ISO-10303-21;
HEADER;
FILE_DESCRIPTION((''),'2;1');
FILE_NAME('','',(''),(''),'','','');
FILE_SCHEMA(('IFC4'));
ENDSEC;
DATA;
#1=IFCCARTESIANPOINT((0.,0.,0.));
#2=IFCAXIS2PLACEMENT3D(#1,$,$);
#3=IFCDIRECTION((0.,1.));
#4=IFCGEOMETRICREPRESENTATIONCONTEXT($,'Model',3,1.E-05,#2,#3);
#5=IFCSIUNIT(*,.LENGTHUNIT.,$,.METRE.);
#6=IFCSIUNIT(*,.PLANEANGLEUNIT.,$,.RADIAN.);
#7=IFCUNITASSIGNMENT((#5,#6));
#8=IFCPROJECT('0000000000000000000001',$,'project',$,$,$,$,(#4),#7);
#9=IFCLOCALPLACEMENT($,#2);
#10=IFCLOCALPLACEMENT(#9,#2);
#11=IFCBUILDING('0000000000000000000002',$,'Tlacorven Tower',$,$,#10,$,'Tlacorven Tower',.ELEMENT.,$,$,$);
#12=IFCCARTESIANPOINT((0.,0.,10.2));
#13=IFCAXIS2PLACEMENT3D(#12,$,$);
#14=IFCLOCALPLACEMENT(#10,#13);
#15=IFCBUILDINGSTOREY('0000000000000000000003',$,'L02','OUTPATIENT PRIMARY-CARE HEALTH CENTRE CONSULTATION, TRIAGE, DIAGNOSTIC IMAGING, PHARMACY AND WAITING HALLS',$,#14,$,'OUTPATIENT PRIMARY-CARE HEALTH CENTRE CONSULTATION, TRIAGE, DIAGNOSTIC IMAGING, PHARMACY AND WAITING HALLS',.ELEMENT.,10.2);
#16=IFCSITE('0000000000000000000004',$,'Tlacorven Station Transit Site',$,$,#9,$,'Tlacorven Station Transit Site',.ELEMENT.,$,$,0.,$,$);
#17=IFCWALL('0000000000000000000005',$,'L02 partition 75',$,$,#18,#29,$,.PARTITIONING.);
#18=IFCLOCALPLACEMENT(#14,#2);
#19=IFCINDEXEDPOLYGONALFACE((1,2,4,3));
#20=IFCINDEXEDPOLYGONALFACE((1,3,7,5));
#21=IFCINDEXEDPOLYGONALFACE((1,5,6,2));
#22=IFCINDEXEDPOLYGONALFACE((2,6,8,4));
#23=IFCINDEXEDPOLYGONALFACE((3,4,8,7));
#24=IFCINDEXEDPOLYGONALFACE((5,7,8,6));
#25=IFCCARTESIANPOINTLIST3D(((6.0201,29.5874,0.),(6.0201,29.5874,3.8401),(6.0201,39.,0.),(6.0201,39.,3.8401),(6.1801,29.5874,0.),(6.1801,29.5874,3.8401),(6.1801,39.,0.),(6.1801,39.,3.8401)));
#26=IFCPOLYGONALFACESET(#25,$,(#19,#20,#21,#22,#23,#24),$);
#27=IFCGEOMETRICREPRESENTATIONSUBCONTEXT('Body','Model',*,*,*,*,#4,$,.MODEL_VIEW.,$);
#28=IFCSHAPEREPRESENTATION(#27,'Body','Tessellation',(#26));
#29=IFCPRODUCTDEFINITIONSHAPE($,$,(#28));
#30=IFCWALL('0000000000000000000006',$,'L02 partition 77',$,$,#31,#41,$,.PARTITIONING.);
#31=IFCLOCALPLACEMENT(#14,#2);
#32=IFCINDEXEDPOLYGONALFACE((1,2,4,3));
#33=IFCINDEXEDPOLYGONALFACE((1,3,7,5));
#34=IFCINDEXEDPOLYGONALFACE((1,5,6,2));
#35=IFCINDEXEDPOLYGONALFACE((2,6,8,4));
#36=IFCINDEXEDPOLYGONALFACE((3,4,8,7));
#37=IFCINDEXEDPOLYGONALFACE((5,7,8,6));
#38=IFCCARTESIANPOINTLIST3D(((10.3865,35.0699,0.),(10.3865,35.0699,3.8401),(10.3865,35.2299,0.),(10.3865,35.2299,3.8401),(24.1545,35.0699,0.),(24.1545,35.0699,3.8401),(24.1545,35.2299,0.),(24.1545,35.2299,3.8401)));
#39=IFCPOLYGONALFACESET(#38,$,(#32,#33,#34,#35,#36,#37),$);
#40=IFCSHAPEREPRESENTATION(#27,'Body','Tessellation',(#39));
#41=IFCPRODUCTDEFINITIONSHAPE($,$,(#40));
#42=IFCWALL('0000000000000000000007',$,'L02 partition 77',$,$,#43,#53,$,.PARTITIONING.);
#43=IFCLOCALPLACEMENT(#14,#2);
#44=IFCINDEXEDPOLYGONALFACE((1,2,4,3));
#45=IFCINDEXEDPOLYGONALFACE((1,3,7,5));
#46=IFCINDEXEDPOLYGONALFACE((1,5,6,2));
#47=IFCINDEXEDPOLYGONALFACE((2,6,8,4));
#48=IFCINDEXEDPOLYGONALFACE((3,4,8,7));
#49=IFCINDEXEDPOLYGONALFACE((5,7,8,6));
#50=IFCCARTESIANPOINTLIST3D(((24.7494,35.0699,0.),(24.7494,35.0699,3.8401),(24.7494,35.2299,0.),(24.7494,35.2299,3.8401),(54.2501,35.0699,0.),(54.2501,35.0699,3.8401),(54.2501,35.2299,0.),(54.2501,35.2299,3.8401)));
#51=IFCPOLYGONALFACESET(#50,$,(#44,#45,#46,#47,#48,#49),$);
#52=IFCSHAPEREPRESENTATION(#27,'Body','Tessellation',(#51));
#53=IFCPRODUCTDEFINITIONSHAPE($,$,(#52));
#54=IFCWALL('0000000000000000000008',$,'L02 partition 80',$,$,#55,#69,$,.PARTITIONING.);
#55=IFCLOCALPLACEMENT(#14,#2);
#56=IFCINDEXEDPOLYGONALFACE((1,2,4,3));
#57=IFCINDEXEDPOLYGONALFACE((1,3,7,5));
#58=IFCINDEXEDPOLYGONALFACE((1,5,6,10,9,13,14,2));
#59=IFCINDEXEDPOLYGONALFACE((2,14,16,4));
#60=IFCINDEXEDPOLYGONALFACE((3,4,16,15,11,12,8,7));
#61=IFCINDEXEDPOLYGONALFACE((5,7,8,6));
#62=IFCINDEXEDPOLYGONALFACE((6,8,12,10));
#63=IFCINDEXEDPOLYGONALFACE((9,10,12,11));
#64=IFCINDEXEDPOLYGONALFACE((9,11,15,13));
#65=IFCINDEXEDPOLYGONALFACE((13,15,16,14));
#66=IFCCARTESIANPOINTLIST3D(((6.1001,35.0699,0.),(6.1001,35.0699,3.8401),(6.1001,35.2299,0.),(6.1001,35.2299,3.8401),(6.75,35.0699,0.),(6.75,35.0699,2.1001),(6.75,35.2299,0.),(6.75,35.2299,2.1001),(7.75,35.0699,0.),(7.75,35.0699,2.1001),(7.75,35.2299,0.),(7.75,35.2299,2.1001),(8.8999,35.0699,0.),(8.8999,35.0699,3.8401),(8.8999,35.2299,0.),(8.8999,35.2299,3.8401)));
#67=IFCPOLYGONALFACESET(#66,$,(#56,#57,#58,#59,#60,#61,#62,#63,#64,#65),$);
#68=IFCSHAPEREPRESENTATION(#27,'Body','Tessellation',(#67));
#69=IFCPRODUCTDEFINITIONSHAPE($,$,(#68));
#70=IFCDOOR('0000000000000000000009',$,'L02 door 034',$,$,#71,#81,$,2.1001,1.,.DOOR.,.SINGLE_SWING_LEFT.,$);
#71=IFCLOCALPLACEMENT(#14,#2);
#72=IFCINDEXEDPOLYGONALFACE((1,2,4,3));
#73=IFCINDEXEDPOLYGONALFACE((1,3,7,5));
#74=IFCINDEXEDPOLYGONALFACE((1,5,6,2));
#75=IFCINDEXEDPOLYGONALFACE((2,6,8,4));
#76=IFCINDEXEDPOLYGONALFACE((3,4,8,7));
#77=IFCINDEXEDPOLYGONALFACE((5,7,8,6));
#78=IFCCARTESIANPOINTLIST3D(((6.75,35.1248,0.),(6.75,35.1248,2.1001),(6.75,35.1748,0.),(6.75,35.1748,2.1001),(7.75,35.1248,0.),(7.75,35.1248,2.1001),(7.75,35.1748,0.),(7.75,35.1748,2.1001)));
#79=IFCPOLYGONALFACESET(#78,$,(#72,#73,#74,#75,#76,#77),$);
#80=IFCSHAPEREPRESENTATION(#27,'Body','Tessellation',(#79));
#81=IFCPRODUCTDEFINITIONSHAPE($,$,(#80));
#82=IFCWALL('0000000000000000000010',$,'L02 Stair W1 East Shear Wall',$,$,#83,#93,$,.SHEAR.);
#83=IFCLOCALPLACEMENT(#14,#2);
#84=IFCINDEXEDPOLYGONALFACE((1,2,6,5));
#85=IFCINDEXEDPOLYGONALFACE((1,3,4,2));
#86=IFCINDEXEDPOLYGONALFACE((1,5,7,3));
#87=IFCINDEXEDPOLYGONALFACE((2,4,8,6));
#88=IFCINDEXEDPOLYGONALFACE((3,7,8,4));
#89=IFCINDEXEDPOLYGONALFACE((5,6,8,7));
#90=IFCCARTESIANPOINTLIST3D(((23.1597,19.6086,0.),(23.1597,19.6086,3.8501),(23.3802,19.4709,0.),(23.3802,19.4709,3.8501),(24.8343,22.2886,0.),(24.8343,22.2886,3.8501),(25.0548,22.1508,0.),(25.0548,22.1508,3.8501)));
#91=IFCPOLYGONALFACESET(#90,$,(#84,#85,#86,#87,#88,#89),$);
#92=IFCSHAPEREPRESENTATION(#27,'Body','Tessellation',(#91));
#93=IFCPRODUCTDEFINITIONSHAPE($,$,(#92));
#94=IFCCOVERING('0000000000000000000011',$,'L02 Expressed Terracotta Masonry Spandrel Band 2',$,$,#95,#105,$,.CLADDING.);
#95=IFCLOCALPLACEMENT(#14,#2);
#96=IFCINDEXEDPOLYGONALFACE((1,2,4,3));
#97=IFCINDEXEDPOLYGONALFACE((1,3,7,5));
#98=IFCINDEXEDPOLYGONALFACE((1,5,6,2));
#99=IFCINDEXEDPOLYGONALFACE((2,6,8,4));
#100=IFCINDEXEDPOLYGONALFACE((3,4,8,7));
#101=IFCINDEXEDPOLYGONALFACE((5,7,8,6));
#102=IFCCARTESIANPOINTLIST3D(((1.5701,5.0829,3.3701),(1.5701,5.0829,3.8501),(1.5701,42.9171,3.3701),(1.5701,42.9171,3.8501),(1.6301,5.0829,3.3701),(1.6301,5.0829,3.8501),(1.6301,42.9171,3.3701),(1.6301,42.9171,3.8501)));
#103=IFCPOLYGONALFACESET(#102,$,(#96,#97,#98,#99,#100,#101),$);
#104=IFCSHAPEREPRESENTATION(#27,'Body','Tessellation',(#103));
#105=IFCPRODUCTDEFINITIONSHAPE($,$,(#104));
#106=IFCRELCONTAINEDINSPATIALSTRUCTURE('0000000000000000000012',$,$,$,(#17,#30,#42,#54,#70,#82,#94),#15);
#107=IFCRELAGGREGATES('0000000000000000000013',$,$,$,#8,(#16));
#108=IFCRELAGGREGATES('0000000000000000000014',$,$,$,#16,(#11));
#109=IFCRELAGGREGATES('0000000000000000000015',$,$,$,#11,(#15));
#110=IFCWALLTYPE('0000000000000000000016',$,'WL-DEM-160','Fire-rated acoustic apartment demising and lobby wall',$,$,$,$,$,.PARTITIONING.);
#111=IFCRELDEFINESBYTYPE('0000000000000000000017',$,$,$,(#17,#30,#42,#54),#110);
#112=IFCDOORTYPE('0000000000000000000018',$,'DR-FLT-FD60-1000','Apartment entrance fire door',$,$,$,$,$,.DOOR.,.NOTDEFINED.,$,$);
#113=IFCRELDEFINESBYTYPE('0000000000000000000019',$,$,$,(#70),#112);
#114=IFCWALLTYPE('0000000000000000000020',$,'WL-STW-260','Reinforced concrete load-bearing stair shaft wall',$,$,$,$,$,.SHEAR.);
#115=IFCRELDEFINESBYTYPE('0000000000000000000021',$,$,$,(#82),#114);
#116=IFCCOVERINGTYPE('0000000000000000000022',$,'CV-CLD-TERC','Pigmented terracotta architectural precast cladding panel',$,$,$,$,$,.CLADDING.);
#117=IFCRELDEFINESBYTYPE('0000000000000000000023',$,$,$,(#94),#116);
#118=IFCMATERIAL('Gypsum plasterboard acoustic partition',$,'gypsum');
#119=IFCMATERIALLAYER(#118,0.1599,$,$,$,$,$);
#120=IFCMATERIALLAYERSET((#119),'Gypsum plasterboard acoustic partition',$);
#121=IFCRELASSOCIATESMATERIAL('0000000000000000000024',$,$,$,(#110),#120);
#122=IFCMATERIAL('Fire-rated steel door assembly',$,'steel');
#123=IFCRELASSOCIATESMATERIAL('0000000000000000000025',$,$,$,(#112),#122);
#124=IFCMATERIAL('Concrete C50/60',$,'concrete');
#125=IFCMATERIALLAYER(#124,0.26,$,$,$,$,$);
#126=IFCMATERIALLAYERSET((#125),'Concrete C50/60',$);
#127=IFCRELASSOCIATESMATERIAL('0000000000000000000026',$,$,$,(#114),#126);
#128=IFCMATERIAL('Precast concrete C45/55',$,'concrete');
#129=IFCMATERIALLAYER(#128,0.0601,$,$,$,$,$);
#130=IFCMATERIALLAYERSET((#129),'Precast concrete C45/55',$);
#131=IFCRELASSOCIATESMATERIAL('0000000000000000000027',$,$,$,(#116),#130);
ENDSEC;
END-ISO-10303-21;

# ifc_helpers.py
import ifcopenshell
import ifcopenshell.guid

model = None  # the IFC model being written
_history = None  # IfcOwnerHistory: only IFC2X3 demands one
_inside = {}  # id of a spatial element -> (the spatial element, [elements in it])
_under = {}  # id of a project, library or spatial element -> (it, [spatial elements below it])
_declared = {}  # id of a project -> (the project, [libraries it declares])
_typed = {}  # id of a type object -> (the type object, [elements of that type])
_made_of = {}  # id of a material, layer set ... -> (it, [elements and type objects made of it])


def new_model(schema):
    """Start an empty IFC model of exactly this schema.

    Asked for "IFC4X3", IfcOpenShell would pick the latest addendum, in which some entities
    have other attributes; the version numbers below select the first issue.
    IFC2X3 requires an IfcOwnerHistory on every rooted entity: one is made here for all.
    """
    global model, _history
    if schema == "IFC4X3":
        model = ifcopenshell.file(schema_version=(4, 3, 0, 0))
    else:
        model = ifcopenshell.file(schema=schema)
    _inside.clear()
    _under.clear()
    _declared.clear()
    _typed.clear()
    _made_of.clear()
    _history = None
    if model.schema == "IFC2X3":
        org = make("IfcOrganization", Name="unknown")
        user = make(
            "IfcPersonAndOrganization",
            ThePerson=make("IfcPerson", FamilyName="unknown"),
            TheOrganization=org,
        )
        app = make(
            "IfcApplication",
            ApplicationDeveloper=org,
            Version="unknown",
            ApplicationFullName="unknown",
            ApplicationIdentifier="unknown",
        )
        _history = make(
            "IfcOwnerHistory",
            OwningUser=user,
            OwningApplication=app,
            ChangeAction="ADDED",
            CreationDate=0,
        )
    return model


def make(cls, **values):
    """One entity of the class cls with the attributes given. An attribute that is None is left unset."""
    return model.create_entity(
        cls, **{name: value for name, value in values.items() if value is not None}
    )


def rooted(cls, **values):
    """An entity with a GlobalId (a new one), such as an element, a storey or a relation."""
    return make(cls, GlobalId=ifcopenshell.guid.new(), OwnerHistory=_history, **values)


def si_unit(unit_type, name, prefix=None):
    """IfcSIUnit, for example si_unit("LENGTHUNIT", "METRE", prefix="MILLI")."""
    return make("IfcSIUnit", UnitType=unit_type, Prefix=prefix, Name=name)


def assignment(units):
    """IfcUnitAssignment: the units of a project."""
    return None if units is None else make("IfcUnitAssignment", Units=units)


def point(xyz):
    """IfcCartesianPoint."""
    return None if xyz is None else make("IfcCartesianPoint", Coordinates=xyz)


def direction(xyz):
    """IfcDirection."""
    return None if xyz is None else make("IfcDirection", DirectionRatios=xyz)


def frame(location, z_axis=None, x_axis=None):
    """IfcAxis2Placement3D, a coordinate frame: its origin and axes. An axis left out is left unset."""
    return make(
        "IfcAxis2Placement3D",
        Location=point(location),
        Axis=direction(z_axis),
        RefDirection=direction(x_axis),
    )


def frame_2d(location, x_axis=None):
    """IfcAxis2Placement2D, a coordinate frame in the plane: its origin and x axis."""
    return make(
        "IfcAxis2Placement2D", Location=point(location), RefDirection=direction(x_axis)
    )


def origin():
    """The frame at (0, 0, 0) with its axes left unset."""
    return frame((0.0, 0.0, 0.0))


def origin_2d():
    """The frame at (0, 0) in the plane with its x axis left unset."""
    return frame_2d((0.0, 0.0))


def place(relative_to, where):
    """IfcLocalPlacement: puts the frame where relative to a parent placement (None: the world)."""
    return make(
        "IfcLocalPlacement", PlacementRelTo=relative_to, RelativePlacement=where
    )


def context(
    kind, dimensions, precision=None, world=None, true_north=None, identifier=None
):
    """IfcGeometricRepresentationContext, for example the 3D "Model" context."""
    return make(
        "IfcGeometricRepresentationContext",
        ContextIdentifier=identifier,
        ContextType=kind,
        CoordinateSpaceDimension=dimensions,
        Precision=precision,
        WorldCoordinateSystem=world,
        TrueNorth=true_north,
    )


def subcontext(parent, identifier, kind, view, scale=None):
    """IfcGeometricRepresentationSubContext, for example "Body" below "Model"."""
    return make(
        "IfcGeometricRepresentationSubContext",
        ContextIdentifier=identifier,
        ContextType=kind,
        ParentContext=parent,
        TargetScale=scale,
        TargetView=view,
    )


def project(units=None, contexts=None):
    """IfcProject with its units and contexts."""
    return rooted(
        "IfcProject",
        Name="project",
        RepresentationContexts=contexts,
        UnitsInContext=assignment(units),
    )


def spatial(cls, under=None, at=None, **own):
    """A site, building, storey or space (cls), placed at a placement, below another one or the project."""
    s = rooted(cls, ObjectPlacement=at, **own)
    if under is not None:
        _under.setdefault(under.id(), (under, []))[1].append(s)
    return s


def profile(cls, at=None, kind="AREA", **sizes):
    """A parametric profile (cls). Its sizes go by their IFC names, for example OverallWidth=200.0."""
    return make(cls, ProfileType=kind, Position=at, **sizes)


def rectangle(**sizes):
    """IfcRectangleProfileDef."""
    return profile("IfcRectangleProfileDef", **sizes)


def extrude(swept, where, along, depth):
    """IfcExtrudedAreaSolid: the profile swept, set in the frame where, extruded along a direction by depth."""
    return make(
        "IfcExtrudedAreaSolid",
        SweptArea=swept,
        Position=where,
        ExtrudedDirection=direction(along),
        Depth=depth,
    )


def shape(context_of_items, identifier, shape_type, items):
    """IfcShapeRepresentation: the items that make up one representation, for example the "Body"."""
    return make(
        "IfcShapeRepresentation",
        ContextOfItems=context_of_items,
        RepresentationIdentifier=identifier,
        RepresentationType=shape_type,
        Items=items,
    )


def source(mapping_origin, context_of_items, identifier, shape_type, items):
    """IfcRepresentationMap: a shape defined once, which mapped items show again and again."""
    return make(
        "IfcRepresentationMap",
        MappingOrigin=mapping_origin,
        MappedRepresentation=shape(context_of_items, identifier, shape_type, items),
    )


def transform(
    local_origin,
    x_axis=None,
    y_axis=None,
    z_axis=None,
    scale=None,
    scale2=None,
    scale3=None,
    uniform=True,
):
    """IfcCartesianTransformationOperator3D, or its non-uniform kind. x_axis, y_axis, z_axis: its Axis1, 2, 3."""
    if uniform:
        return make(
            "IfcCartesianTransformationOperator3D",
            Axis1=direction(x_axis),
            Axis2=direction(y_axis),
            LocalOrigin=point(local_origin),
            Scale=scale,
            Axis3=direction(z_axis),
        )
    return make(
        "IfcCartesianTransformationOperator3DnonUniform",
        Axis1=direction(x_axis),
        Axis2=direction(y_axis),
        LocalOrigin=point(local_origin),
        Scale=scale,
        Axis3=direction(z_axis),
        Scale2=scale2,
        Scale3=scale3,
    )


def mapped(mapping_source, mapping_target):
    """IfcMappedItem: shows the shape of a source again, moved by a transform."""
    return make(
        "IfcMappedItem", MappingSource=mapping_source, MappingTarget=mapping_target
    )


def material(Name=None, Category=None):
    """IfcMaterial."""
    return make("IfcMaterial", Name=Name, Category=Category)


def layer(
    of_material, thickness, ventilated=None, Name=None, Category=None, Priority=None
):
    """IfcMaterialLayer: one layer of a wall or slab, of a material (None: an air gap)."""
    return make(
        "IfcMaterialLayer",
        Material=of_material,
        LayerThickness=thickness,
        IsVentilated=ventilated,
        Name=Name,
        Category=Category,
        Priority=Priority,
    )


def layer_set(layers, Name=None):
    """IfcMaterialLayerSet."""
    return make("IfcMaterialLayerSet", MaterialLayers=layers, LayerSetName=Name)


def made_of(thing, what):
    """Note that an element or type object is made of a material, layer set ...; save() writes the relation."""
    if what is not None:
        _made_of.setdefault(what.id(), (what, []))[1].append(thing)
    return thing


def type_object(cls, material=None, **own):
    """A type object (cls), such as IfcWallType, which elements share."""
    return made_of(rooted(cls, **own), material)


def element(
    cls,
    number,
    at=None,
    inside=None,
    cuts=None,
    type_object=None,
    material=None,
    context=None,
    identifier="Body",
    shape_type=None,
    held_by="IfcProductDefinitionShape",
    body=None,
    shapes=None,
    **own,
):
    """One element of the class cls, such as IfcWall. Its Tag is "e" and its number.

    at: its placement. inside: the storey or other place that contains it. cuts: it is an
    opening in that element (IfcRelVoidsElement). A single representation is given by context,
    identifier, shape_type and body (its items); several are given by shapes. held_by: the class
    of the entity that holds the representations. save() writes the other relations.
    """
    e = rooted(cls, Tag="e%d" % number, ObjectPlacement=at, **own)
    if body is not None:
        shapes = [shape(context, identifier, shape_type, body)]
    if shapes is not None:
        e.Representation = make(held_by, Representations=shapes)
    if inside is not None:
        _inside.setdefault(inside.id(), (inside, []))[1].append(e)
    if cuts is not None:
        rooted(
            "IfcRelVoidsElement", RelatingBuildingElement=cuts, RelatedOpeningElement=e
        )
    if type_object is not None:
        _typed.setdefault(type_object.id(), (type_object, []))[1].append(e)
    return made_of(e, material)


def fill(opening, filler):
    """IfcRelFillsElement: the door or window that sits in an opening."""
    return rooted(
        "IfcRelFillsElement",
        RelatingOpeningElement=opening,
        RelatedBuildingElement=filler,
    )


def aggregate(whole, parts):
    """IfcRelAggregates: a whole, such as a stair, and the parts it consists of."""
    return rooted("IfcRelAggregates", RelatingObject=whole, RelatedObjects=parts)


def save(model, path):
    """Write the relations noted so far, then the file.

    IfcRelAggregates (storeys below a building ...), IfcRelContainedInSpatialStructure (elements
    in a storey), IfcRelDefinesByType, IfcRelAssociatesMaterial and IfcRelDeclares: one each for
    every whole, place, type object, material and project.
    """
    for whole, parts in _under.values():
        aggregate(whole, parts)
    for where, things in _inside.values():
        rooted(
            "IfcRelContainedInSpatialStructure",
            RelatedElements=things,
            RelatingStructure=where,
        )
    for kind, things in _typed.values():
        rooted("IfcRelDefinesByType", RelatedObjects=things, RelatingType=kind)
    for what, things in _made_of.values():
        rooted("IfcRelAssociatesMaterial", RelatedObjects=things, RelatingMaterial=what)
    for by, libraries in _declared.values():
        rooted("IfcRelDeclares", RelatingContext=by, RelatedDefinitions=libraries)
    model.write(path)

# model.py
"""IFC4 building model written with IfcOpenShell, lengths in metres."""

from ifc_helpers import new_model, si_unit, direction, frame, frame_2d, origin, origin_2d, place, context, subcontext, project, spatial, rectangle, extrude, source, transform, mapped, material, layer, layer_set, type_object, element, fill, save


model = new_model("IFC4")

# Units and contexts
model_context = context("Model", 3, precision=1e-05, world=origin(), true_north=direction((0.0, 1.0)))
body_context = subcontext(model_context, "Body", "Model", "MODEL_VIEW")
ifc_project = project(units=[si_unit("LENGTHUNIT", "METRE"), si_unit("PLANEANGLEUNIT", "RADIAN")], contexts=[model_context])

# Site, building, storey
site_placement = place(None, origin())
site = spatial("IfcSite", under=ifc_project, at=site_placement, Name="Tlacorven Station Transit Site", LongName="Tlacorven Station Transit Site", CompositionType="ELEMENT", RefElevation=0.0)
building_placement = place(site_placement, origin())
building = spatial("IfcBuilding", under=site, at=building_placement, Name="Tlacorven Tower", LongName="Tlacorven Tower", CompositionType="ELEMENT")
storey_placement = place(building_placement, frame((0.0, 0.0, 10.2)))
storey = spatial("IfcBuildingStorey", under=building, at=storey_placement, Name="L02", Description="OUTPATIENT PRIMARY-CARE HEALTH CENTRE CONSULTATION, TRIAGE, DIAGNOSTIC IMAGING, PHARMACY AND WAITING HALLS", LongName="OUTPATIENT PRIMARY-CARE HEALTH CENTRE CONSULTATION, TRIAGE, DIAGNOSTIC IMAGING, PHARMACY AND WAITING HALLS", CompositionType="ELEMENT", Elevation=10.2)

# Walls
ifc_material_1 = material(Name="Gypsum plasterboard acoustic partition", Category="gypsum")
ifc_layer_1 = layer(ifc_material_1, 0.1599)
ifc_layer_set_1 = layer_set([ifc_layer_1], Name="Gypsum plasterboard acoustic partition")
wall_type_1 = type_object("IfcWallType", Name="WL-DEM-160", Description="Fire-rated acoustic apartment demising and lobby wall", PredefinedType="PARTITIONING", material=ifc_layer_set_1)
wall_1_placement = place(storey_placement, frame((6.1001, 29.5874, 0.0), z_axis=(0.0, 0.0, 1.0), x_axis=(0.0, 1.0, 0.0)))
element("IfcWall", 1, at=wall_1_placement, inside=storey, type_object=wall_type_1, Name="L02 partition 75", PredefinedType="PARTITIONING", context=body_context, shape_type="SweptSolid", body=[
    extrude(rectangle(XDim=9.4126, YDim=0.1599, at=frame_2d((4.7063, 0.0))), origin(), (0.0, 0.0, 1.0), 3.8401),
])
wall_2_placement = place(storey_placement, frame((10.3865, 35.1499, 0.0), z_axis=(0.0, 0.0, 1.0), x_axis=(1.0, 0.0, 0.0)))
element("IfcWall", 2, at=wall_2_placement, inside=storey, type_object=wall_type_1, Name="L02 partition 77", PredefinedType="PARTITIONING", context=body_context, shape_type="SweptSolid", body=[
    extrude(rectangle(XDim=13.7681, YDim=0.1599, at=frame_2d((6.884, 0.0))), origin(), (0.0, 0.0, 1.0), 3.8401),
])
wall_3_placement = place(storey_placement, frame((24.7493, 35.1499, 0.0), z_axis=(0.0, 0.0, 1.0), x_axis=(1.0, 0.0, 0.0)))
element("IfcWall", 3, at=wall_3_placement, inside=storey, type_object=wall_type_1, Name="L02 partition 77", PredefinedType="PARTITIONING", context=body_context, shape_type="SweptSolid", body=[
    extrude(rectangle(XDim=29.5007, YDim=0.1599, at=frame_2d((14.7505, 0.0))), origin(), (0.0, 0.0, 1.0), 3.8401),
])

# Wall, opening, door
wall_4_placement = place(storey_placement, frame((6.1001, 35.1499, 0.0), z_axis=(0.0, 0.0, 1.0), x_axis=(1.0, 0.0, 0.0)))
wall_4 = element("IfcWall", 4, at=wall_4_placement, inside=storey, type_object=wall_type_1, Name="L02 partition 80", PredefinedType="PARTITIONING", context=body_context, shape_type="SweptSolid", body=[
    extrude(rectangle(XDim=2.7998, YDim=0.1599, at=frame_2d((1.3999, 0.0))), origin(), (0.0, 0.0, 1.0), 3.8401),
])
opening_placement = place(wall_4_placement, frame((0.6499, 0.0, 0.0)))
opening = element("IfcOpeningElement", 5, at=opening_placement, cuts=wall_4, PredefinedType="OPENING", context=body_context, shape_type="SweptSolid", body=[
    extrude(rectangle(XDim=1.0, YDim=2.1001, at=frame_2d((0.5, 1.05))), frame((0.0, 0.0898, 0.0), z_axis=(0.0, -1.0, 0.0), x_axis=(1.0, 0.0, 0.0)), (0.0, 0.0, 1.0), 0.1799),
])
ifc_material_2 = material(Name="Fire-rated steel door assembly", Category="steel")
door_type = type_object("IfcDoorType", Name="DR-FLT-FD60-1000", Description="Apartment entrance fire door", OperationType="NOTDEFINED", PredefinedType="DOOR", material=ifc_material_2)
shared_shape_1 = source(origin(), body_context, "Body", "SweptSolid", [
    extrude(rectangle(XDim=1.0, YDim=2.1001, at=frame_2d((0.5, 1.05))), frame((0.0, 0.0249, 0.0), z_axis=(0.0, -1.0, 0.0), x_axis=(1.0, 0.0, 0.0)), (0.0, 0.0, 1.0), 0.05),
])
door_placement = place(opening_placement, origin())
door = element("IfcDoor", 6, at=door_placement, inside=storey, type_object=door_type, Name="L02 door 034", OperationType="SINGLE_SWING_LEFT", OverallHeight=2.1001, OverallWidth=1.0, PredefinedType="DOOR", context=body_context, shape_type="MappedRepresentation", body=[
    mapped(shared_shape_1, transform((0.0, 0.0, 0.0), scale=1.0)),
])
fill(opening, door)

# Wall
ifc_material_3 = material(Name="Concrete C50/60", Category="concrete")
ifc_layer_2 = layer(ifc_material_3, 0.26)
ifc_layer_set_2 = layer_set([ifc_layer_2], Name="Concrete C50/60")
wall_type_2 = type_object("IfcWallType", Name="WL-STW-260", Description="Reinforced concrete load-bearing stair shaft wall", PredefinedType="SHEAR", material=ifc_layer_set_2)
wall_5_placement = place(storey_placement, frame((24.9446, 22.2197, 0.0), z_axis=(0.0, 0.0, 1.0), x_axis=(-0.529909, -0.848055, 0.0)))
element("IfcWall", 7, at=wall_5_placement, inside=storey, type_object=wall_type_2, Name="L02 Stair W1 East Shear Wall", PredefinedType="SHEAR", context=body_context, shape_type="SweptSolid", body=[
    extrude(rectangle(XDim=3.1602, YDim=0.26, at=frame_2d((1.5801, 0.0))), origin(), (0.0, 0.0, 1.0), 3.8501),
])

# Covering
ifc_material_4 = material(Name="Precast concrete C45/55", Category="concrete")
ifc_layer_3 = layer(ifc_material_4, 0.0601)
ifc_layer_set_3 = layer_set([ifc_layer_3], Name="Precast concrete C45/55")
covering_type = type_object("IfcCoveringType", Name="CV-CLD-TERC", Description="Pigmented terracotta architectural precast cladding panel", PredefinedType="CLADDING", material=ifc_layer_set_3)
shared_shape_2 = source(origin(), body_context, "Body", "SweptSolid", [
    extrude(rectangle(XDim=37.8342, YDim=0.0601, at=origin_2d()), origin(), (0.0, 0.0, 1.0), 0.48),
])
covering_placement = place(storey_placement, frame((1.6001, 24.0, 3.3701), z_axis=(0.0, 0.0, 1.0), x_axis=(0.0, 1.0, 0.0)))
element("IfcCovering", 8, at=covering_placement, inside=storey, type_object=covering_type, Name="L02 Expressed Terracotta Masonry Spandrel Band 2", PredefinedType="CLADDING", context=body_context, shape_type="MappedRepresentation", body=[
    mapped(shared_shape_2, transform((0.0, 0.0, 0.0), scale=1.0)),
])

save(model, "model.ifc")
